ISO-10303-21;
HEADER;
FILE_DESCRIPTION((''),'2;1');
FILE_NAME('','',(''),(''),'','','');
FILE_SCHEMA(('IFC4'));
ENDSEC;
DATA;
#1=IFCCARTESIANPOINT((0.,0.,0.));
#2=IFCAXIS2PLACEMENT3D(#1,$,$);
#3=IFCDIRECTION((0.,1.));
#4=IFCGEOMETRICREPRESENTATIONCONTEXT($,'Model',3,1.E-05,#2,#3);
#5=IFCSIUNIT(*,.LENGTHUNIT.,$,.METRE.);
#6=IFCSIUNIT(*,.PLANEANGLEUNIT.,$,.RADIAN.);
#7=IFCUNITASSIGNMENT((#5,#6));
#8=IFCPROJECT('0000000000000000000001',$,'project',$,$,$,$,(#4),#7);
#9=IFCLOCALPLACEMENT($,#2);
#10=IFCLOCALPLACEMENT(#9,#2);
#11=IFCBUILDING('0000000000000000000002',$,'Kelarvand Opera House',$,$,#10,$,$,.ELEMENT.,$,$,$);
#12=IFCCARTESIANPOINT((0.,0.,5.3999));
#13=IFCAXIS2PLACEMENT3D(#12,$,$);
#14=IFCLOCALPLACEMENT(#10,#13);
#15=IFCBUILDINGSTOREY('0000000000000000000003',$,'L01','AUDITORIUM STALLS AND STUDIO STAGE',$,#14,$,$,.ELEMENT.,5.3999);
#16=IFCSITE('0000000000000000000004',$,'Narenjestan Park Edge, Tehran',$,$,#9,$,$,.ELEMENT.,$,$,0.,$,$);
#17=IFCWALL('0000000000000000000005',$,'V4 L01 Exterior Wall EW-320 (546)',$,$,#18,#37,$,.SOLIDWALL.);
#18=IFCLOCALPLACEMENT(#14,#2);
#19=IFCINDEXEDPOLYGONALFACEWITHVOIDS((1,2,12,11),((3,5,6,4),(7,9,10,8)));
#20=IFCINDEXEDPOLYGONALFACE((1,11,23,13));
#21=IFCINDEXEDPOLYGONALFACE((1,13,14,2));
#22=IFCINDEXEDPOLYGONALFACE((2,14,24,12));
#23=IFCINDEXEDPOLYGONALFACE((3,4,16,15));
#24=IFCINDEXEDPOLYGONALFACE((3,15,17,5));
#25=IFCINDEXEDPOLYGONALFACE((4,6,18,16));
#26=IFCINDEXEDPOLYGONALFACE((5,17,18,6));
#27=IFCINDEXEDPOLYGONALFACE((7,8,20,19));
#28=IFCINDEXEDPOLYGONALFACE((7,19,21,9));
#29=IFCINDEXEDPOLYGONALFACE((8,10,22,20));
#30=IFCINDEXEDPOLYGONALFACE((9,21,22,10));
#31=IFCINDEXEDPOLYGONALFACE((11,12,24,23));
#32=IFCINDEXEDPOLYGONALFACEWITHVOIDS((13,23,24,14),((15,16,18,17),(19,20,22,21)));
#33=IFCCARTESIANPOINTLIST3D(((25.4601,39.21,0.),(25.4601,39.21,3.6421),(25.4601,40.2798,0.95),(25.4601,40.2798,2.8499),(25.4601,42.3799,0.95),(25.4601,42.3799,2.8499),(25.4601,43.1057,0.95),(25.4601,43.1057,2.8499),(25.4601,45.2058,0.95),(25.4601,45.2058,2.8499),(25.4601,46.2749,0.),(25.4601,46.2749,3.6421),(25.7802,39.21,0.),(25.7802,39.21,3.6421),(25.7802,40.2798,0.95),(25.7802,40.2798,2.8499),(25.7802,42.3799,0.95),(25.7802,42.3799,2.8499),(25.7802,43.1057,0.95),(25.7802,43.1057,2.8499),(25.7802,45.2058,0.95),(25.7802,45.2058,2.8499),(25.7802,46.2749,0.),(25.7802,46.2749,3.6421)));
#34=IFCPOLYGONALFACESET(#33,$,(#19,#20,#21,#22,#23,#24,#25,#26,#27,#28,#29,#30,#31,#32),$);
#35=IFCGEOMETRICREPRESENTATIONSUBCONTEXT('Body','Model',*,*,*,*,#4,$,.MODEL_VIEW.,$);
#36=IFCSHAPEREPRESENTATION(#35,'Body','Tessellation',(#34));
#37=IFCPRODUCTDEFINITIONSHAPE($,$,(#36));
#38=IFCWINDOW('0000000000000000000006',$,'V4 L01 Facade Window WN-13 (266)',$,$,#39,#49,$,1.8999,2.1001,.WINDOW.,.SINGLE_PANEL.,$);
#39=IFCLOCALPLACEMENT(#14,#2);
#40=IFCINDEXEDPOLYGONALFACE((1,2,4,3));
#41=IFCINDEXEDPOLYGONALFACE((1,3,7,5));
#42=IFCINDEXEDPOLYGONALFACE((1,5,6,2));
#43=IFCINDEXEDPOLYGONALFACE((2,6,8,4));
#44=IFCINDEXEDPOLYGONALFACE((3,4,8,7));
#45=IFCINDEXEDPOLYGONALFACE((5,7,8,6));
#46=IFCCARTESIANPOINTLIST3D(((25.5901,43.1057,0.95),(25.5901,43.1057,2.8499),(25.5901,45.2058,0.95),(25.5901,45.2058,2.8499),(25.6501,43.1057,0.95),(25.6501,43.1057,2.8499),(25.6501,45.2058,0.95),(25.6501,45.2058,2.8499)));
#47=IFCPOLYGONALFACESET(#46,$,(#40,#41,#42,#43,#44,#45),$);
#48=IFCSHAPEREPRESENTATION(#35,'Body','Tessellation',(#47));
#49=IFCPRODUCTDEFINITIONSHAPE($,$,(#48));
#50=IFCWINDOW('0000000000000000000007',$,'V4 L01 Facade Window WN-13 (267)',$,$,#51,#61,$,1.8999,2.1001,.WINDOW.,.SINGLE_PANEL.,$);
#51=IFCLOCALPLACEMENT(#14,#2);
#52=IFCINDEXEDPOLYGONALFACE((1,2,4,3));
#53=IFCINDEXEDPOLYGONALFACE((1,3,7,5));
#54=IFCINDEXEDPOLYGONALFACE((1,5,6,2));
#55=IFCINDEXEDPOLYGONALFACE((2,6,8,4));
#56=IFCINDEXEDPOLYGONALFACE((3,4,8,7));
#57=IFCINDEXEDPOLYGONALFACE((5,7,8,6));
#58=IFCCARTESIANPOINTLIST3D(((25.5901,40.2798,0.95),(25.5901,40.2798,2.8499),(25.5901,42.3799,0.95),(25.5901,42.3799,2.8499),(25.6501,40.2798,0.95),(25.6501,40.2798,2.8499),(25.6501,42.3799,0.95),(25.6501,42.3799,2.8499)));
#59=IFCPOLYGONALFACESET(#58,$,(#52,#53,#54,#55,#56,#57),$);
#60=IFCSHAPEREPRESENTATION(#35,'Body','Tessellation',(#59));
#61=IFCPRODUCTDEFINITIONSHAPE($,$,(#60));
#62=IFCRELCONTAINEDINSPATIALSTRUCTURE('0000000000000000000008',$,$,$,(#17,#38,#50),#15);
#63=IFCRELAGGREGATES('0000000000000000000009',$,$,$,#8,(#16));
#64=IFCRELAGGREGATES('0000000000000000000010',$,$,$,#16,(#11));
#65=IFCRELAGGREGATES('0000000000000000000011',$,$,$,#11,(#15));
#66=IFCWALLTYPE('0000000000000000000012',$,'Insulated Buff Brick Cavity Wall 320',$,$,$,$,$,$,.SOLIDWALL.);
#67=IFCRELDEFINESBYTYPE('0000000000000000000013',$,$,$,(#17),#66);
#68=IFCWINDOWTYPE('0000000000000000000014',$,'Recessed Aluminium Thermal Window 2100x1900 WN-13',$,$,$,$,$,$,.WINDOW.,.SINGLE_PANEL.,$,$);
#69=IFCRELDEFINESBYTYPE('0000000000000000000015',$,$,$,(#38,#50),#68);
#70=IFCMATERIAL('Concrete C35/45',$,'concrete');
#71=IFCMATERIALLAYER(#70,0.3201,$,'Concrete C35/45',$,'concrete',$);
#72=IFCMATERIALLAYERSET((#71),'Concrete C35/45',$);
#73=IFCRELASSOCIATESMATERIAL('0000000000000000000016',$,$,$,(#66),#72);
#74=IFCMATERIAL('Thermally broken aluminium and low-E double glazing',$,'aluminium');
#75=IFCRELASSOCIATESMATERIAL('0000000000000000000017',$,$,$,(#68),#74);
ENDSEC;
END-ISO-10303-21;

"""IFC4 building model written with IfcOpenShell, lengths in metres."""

from ifc_helpers import new_model, si_unit, direction, frame, frame_2d, origin, place, context, subcontext, project, spatial, rectangle, extrude, material, layer, layer_set, type_object, element, fill, save


model = new_model("IFC4")

# Units and contexts
model_context = context("Model", 3, precision=1e-05, world=origin(), true_north=direction((0.0, 1.0)))
body_context = subcontext(model_context, "Body", "Model", "MODEL_VIEW")
ifc_project = project(units=[si_unit("LENGTHUNIT", "METRE"), si_unit("PLANEANGLEUNIT", "RADIAN")], contexts=[model_context])

# Site, building, storey
site_placement = place(None, origin())
site = spatial("IfcSite", under=ifc_project, at=site_placement, Name="Narenjestan Park Edge, Tehran", CompositionType="ELEMENT", RefElevation=0.0)
building_placement = place(site_placement, origin())
building = spatial("IfcBuilding", under=site, at=building_placement, Name="Kelarvand Opera House", CompositionType="ELEMENT")
storey_placement = place(building_placement, frame((0.0, 0.0, 5.3999)))
storey = spatial("IfcBuildingStorey", under=building, at=storey_placement, Name="L01", Description="AUDITORIUM STALLS AND STUDIO STAGE", CompositionType="ELEMENT", Elevation=5.3999)

# Wall, openings, windows
ifc_material_1 = material(Name="Concrete C35/45", Category="concrete")
ifc_layer_1 = layer(ifc_material_1, 0.3201, Name="Concrete C35/45", Category="concrete")
ifc_layer_set_1 = layer_set([ifc_layer_1], Name="Concrete C35/45")
wall_type = type_object("IfcWallType", Name="Insulated Buff Brick Cavity Wall 320", PredefinedType="SOLIDWALL", material=ifc_layer_set_1)
wall_placement = place(storey_placement, frame((25.6201, 46.2749, 0.0), z_axis=(0.0, 0.0, 1.0), x_axis=(0.0, -1.0, 0.0)))
wall = element("IfcWall", 1, at=wall_placement, inside=storey, type_object=wall_type, Name="V4 L01 Exterior Wall EW-320 (546)", PredefinedType="SOLIDWALL", context=body_context, shape_type="SweptSolid", body=[
    extrude(rectangle(XDim=7.0649, YDim=0.3201, at=frame_2d((3.5325, 0.0))), origin(), (0.0, 0.0, 1.0), 3.6421),
])
opening_1_placement = place(wall_placement, frame((1.0691, 0.0, 0.95)))
opening_1 = element("IfcOpeningElement", 2, at=opening_1_placement, cuts=wall, PredefinedType="OPENING", context=body_context, shape_type="SweptSolid", body=[
    extrude(rectangle(XDim=2.1001, YDim=1.8999, at=frame_2d((1.05, 0.95))), frame((0.0, 0.1699, 0.0), z_axis=(0.0, -1.0, 0.0), x_axis=(1.0, 0.0, 0.0)), (0.0, 0.0, 1.0), 0.3401),
])
opening_2_placement = place(wall_placement, frame((3.895, 0.0, 0.95)))
opening_2 = element("IfcOpeningElement", 3, at=opening_2_placement, cuts=wall, PredefinedType="OPENING", context=body_context, shape_type="SweptSolid", body=[
    extrude(rectangle(XDim=2.1001, YDim=1.8999, at=frame_2d((1.05, 0.95))), frame((0.0, 0.1699, 0.0), z_axis=(0.0, -1.0, 0.0), x_axis=(1.0, 0.0, 0.0)), (0.0, 0.0, 1.0), 0.3401),
])
ifc_material_2 = material(Name="Thermally broken aluminium and low-E double glazing", Category="aluminium")
window_type = type_object("IfcWindowType", Name="Recessed Aluminium Thermal Window 2100x1900 WN-13", PartitioningType="SINGLE_PANEL", PredefinedType="WINDOW", material=ifc_material_2)
window_1_placement = place(opening_1_placement, origin())
window_1 = element("IfcWindow", 4, at=window_1_placement, inside=storey, type_object=window_type, Name="V4 L01 Facade Window WN-13 (266)", OverallHeight=1.8999, OverallWidth=2.1001, PartitioningType="SINGLE_PANEL", PredefinedType="WINDOW", context=body_context, shape_type="SweptSolid", body=[
    extrude(rectangle(XDim=2.1001, YDim=1.8999, at=frame_2d((1.05, 0.95))), frame((0.0, 0.03, 0.0), z_axis=(0.0, -1.0, 0.0), x_axis=(1.0, 0.0, 0.0)), (0.0, 0.0, 1.0), 0.0601),
])
fill(opening_1, window_1)
window_2_placement = place(opening_2_placement, origin())
window_2 = element("IfcWindow", 5, at=window_2_placement, inside=storey, type_object=window_type, Name="V4 L01 Facade Window WN-13 (267)", OverallHeight=1.8999, OverallWidth=2.1001, PartitioningType="SINGLE_PANEL", PredefinedType="WINDOW", context=body_context, shape_type="SweptSolid", body=[
    extrude(rectangle(XDim=2.1001, YDim=1.8999, at=frame_2d((1.05, 0.95))), frame((0.0, 0.03, 0.0), z_axis=(0.0, -1.0, 0.0), x_axis=(1.0, 0.0, 0.0)), (0.0, 0.0, 1.0), 0.0601),
])
fill(opening_2, window_2)

save(model, "model.ifc")
